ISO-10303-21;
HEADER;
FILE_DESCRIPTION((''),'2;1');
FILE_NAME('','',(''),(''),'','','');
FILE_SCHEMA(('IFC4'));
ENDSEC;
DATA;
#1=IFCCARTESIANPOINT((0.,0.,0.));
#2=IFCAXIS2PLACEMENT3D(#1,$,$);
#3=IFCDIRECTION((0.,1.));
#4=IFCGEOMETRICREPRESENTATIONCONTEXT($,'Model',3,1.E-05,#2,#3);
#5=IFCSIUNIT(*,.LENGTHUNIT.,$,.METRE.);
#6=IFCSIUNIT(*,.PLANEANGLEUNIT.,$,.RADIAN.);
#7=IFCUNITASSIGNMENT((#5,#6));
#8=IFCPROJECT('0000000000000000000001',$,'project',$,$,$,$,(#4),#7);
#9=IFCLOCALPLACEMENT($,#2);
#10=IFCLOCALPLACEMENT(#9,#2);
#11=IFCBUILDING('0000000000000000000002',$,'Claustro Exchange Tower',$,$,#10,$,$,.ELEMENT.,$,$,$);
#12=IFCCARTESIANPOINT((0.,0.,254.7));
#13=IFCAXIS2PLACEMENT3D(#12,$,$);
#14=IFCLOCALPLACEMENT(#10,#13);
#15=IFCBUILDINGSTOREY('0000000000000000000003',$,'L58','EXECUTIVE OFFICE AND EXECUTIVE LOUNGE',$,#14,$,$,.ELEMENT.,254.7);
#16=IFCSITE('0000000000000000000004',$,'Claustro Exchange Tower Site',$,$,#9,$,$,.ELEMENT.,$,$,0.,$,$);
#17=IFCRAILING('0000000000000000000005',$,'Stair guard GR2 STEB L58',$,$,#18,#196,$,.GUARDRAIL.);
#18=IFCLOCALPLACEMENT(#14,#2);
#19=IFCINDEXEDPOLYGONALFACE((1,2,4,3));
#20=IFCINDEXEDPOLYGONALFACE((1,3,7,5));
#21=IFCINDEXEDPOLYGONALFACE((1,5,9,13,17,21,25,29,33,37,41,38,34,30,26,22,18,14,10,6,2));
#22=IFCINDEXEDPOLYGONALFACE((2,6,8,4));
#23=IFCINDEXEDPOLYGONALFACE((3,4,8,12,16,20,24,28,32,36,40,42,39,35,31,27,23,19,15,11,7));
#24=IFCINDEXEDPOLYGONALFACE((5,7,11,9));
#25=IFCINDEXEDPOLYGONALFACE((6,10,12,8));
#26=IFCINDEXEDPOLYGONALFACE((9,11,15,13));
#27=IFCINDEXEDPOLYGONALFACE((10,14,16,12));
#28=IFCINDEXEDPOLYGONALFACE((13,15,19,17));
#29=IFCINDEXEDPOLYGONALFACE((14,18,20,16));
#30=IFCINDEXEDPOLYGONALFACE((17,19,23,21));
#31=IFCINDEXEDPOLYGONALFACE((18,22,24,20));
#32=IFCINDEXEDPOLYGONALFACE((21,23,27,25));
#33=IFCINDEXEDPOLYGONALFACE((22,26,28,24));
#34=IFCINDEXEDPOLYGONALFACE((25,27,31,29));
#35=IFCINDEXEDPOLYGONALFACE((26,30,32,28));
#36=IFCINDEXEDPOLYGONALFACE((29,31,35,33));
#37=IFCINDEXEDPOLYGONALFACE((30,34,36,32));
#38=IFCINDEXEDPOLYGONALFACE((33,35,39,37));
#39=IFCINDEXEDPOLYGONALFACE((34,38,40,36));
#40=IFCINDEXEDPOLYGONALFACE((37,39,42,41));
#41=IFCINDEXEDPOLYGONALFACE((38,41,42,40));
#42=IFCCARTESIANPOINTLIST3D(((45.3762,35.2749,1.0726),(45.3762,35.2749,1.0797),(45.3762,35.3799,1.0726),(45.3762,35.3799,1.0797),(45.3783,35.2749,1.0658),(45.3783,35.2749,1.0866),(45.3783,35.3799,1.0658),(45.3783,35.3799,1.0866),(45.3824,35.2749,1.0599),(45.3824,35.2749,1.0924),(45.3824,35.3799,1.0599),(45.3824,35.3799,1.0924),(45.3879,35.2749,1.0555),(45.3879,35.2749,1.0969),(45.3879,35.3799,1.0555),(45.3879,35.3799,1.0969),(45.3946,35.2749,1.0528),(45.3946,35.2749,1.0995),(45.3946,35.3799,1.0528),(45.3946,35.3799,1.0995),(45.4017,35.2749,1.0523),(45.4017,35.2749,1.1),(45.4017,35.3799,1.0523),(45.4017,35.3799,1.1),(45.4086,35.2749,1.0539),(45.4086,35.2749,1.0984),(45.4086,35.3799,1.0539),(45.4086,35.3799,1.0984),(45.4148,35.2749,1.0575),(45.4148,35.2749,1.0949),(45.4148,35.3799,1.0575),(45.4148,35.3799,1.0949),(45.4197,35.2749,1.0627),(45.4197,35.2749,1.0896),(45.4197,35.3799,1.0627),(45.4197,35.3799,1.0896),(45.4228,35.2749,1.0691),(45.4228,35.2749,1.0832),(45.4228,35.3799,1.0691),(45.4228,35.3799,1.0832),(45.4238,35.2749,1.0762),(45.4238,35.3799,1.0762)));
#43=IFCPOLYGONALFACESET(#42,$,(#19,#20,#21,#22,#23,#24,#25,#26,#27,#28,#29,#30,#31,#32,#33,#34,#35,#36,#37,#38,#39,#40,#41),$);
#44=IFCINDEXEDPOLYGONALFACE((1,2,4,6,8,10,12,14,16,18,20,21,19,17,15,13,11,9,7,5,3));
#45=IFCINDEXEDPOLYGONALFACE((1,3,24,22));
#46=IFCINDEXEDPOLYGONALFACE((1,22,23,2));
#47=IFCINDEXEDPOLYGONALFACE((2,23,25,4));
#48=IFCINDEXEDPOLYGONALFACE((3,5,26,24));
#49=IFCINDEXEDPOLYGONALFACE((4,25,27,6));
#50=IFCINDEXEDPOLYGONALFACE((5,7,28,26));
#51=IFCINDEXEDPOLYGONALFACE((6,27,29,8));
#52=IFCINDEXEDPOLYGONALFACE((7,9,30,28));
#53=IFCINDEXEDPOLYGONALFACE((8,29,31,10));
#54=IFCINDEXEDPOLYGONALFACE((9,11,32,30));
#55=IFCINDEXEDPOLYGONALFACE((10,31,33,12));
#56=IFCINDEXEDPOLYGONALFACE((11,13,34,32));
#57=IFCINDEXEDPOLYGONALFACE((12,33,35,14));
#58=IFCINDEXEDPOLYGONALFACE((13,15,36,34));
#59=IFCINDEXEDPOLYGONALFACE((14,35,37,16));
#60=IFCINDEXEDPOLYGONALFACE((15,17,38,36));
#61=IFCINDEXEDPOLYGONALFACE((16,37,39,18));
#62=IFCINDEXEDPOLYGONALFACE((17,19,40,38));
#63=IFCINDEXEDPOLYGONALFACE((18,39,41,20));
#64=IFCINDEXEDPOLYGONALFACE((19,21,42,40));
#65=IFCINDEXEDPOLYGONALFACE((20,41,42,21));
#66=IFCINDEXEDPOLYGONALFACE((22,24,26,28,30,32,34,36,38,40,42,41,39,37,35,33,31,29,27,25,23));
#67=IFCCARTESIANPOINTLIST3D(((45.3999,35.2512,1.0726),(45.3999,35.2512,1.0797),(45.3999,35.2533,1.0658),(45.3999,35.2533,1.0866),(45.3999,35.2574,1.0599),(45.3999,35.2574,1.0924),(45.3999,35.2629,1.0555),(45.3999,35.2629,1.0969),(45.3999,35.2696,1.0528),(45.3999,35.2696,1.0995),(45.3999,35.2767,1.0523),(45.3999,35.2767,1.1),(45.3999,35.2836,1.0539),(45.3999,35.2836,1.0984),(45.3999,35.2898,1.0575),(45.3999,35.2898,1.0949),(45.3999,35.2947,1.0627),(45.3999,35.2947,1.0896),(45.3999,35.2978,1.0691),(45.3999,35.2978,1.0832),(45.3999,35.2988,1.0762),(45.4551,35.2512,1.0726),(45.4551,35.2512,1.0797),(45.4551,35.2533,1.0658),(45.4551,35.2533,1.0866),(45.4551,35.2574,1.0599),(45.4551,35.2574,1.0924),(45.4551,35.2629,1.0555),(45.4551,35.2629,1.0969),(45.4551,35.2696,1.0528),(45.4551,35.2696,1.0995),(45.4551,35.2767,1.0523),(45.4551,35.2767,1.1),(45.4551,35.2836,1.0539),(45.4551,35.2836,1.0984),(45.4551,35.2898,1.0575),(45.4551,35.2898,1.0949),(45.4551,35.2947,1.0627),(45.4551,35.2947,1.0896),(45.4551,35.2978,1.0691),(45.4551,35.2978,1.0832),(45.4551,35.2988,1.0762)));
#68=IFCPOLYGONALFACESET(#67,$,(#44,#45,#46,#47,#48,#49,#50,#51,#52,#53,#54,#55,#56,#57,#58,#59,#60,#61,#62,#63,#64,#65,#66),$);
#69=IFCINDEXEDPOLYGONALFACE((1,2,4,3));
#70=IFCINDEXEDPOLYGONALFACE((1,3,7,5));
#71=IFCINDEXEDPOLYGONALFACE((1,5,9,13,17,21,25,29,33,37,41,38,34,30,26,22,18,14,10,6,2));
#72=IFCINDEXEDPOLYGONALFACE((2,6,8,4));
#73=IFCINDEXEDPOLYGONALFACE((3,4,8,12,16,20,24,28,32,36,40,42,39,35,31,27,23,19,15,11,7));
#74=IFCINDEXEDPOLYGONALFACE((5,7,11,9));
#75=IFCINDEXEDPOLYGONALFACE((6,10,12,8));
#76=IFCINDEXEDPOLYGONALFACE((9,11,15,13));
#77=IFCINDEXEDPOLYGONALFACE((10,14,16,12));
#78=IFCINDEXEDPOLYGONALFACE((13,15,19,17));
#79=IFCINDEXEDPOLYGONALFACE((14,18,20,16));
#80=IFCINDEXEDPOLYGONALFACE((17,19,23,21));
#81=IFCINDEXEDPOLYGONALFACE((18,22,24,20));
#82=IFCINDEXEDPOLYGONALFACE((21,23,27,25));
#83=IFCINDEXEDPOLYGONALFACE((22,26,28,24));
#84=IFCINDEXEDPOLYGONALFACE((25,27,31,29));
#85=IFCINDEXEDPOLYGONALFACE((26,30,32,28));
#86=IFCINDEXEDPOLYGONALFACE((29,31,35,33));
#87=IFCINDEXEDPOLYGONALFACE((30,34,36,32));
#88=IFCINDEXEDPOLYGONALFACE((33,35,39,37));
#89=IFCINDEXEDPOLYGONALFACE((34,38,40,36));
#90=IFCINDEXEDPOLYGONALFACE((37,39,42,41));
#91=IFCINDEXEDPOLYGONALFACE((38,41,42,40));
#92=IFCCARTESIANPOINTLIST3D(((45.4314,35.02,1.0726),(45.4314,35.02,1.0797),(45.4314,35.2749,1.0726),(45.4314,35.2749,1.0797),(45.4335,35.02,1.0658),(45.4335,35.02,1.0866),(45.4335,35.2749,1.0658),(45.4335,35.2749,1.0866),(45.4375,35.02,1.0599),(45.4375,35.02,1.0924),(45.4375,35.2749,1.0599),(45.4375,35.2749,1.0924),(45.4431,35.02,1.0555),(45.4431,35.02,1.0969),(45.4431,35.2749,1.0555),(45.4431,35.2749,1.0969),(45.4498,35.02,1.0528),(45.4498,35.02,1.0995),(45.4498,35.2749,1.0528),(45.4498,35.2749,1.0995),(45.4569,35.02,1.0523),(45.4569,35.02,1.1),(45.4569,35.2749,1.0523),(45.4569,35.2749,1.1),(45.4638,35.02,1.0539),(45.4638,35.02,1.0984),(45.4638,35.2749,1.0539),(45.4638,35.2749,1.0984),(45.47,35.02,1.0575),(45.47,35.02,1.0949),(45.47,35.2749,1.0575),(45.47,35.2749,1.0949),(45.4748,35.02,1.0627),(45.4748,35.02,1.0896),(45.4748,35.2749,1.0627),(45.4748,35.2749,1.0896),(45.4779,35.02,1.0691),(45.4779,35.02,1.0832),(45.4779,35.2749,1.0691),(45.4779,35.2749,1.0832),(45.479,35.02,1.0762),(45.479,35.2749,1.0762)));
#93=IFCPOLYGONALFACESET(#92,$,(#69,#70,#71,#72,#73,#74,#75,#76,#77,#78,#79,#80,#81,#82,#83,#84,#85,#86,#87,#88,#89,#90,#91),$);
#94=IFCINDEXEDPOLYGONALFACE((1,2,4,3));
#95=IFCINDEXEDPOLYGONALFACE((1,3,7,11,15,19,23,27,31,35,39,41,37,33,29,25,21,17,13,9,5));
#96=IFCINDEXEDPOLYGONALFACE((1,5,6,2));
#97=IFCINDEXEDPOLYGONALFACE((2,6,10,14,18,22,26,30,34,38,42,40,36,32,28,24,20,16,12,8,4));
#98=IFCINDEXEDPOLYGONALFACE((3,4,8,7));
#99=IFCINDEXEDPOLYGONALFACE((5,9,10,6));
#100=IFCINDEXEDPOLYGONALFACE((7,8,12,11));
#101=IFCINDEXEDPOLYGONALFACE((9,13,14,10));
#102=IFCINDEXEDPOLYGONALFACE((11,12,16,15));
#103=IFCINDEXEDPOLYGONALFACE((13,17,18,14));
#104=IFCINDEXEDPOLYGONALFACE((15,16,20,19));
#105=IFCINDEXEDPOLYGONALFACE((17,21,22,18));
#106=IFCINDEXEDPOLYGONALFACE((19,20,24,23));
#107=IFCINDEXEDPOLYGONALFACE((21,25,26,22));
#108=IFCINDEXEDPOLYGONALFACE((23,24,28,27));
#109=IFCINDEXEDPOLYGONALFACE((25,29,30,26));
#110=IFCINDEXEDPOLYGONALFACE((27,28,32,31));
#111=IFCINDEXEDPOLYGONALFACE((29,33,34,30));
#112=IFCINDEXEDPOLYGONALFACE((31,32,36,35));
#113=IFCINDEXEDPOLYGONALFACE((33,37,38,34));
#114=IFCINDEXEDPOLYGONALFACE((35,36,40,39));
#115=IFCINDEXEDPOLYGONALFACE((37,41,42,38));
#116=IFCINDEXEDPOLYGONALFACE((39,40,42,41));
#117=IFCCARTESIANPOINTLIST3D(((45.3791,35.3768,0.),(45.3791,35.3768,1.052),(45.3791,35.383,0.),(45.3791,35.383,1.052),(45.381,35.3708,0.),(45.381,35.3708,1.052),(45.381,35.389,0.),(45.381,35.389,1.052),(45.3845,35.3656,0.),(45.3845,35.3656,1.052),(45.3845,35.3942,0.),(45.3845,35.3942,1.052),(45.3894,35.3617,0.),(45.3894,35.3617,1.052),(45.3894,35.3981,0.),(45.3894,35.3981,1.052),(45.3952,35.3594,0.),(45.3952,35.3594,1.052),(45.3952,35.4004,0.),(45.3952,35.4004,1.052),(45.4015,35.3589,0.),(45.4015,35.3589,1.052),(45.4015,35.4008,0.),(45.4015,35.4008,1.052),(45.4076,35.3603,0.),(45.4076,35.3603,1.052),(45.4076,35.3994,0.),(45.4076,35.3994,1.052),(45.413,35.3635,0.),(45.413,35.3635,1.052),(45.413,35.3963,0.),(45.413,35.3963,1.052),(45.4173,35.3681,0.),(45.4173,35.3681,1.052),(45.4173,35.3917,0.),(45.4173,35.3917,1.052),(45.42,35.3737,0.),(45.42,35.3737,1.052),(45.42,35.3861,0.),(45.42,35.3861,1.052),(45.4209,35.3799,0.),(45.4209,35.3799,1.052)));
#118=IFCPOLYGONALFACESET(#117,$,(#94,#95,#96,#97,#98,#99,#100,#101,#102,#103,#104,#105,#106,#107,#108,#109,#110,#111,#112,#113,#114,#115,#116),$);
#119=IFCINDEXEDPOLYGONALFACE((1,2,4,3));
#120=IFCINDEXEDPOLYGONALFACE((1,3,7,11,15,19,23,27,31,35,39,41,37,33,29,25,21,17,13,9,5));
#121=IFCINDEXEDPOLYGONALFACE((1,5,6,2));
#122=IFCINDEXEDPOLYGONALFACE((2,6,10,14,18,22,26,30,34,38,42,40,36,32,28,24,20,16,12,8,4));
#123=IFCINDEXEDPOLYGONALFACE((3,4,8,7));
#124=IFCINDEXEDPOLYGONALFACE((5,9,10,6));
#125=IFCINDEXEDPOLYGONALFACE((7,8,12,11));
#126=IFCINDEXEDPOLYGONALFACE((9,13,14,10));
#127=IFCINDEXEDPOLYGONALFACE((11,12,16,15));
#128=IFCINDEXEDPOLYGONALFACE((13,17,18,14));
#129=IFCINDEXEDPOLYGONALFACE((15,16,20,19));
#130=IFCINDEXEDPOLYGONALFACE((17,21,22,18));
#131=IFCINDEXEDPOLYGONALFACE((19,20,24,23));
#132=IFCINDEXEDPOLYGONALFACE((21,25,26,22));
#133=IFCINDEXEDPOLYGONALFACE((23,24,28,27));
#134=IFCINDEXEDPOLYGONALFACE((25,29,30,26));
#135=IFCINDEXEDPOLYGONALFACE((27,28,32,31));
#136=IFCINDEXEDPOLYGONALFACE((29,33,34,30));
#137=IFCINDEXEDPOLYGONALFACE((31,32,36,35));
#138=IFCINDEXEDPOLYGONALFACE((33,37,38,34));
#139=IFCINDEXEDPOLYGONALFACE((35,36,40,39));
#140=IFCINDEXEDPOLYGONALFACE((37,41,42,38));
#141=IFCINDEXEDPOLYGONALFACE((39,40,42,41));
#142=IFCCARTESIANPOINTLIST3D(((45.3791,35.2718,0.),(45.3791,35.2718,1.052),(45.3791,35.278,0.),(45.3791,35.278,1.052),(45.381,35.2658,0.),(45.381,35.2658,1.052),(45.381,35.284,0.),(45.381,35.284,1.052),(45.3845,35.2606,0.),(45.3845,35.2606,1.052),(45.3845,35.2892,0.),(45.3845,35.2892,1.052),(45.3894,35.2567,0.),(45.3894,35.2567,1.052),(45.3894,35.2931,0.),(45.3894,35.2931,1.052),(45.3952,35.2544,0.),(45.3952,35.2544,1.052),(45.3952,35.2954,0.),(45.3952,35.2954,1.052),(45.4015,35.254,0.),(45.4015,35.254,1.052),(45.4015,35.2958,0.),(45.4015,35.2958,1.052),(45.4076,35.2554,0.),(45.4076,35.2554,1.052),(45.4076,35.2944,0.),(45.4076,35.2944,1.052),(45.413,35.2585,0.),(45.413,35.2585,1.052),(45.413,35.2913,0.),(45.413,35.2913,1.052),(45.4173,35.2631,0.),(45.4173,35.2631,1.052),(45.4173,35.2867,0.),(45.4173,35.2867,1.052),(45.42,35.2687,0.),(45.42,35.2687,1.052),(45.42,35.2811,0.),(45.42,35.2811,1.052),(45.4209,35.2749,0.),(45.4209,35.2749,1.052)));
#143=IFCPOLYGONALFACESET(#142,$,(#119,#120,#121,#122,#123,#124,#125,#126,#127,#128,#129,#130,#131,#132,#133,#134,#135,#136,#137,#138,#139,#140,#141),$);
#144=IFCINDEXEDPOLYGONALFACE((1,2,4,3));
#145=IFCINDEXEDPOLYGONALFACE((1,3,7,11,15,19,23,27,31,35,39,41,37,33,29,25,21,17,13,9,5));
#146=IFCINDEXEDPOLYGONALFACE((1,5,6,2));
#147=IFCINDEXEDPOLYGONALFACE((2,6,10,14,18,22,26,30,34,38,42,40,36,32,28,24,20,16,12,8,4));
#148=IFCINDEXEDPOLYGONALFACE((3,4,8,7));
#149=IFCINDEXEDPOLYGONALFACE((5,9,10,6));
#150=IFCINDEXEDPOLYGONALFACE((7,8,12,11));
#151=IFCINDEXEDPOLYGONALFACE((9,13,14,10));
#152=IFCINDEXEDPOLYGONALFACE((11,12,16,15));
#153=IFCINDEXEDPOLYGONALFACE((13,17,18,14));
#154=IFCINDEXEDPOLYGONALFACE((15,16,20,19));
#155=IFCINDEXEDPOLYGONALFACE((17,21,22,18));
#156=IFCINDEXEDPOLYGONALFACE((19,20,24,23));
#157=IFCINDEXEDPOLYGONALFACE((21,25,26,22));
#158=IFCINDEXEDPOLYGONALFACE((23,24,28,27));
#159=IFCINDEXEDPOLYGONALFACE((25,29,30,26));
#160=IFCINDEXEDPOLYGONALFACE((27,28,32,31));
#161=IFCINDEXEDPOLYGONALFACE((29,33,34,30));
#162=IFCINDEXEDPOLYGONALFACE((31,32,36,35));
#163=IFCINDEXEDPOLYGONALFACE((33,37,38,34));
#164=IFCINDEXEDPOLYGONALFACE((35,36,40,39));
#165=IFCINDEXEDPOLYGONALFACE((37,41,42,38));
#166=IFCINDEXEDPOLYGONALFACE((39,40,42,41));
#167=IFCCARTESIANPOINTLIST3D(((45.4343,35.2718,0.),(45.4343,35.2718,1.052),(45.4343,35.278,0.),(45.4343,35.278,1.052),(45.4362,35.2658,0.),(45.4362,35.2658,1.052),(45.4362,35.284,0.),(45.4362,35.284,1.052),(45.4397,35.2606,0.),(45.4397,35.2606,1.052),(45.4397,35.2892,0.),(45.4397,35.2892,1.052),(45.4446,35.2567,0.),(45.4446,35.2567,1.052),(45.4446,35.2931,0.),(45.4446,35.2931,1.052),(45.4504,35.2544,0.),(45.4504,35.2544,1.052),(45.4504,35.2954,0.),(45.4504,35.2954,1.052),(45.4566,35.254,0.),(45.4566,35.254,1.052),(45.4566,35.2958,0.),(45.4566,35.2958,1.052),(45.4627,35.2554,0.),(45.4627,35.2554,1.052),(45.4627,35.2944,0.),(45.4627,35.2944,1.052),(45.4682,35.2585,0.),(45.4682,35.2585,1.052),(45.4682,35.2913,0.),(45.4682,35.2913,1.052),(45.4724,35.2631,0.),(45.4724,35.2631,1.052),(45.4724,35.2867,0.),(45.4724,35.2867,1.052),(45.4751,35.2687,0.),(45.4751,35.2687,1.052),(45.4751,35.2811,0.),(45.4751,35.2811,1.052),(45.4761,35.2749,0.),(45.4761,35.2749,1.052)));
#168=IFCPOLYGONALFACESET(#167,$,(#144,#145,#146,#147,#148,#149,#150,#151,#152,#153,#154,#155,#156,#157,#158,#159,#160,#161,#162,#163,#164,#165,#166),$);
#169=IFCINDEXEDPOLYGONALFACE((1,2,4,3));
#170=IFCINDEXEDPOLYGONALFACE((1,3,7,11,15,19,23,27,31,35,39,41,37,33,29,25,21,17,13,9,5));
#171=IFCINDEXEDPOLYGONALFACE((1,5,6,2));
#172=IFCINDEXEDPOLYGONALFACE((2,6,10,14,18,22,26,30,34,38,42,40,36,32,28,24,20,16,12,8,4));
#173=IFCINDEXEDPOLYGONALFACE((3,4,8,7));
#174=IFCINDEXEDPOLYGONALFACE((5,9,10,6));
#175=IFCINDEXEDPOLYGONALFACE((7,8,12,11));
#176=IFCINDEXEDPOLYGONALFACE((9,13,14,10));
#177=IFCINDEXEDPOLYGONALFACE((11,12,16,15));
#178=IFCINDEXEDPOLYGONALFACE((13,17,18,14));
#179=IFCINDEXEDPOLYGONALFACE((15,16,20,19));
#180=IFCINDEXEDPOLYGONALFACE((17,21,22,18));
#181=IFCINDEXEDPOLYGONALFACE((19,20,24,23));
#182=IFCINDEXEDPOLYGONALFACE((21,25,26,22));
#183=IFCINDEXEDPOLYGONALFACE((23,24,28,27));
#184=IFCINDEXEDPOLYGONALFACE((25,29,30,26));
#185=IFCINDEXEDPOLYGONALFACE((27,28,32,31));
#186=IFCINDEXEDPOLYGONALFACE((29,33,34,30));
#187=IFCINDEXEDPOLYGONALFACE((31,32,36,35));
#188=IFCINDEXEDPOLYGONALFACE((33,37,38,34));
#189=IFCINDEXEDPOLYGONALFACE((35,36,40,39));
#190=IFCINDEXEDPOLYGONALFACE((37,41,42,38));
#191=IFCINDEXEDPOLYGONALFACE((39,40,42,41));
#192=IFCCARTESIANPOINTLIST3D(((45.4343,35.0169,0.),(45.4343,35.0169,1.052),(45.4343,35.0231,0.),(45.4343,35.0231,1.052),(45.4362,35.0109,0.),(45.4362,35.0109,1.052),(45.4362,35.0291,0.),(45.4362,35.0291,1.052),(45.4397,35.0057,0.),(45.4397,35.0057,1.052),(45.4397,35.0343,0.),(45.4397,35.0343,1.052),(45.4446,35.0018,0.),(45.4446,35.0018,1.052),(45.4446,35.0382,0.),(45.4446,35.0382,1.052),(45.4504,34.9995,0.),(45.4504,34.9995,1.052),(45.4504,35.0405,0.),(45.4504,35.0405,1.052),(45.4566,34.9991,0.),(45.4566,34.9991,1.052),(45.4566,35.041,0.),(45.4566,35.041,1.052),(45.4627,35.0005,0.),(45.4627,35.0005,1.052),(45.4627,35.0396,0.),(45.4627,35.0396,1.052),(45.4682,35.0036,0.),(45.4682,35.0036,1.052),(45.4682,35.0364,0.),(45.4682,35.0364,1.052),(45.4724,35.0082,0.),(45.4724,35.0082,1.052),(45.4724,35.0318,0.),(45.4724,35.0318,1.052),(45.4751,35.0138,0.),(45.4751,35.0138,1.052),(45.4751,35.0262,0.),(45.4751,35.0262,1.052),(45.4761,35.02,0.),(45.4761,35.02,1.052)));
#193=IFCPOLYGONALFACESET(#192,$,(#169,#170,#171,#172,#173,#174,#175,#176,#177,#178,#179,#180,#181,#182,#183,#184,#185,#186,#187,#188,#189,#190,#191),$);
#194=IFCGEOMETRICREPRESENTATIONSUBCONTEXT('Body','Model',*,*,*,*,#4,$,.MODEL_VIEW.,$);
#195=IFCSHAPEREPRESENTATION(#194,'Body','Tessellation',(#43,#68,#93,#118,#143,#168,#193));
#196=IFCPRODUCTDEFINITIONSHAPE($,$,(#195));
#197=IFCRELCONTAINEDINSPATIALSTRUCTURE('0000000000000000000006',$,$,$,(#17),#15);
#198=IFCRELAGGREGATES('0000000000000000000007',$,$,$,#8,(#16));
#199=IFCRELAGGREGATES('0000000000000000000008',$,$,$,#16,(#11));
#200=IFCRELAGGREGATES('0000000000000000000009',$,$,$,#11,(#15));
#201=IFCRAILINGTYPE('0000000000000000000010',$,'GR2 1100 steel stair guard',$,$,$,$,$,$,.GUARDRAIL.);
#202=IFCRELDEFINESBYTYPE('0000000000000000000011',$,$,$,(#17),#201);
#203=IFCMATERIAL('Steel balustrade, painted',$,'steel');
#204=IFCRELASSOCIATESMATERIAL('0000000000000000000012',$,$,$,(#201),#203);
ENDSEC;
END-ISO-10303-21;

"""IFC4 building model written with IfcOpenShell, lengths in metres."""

from ifc_helpers import new_model, si_unit, direction, frame, origin, origin_2d, place, context, subcontext, project, spatial, circle, extrude, material, type_object, element, save


model = new_model("IFC4")

# Units and contexts
model_context = context("Model", 3, precision=1e-05, world=origin(), true_north=direction((0.0, 1.0)))
body_context = subcontext(model_context, "Body", "Model", "MODEL_VIEW")
ifc_project = project(units=[si_unit("LENGTHUNIT", "METRE"), si_unit("PLANEANGLEUNIT", "RADIAN")], contexts=[model_context])

# Site, building, storey
site_placement = place(None, origin())
site = spatial("IfcSite", under=ifc_project, at=site_placement, Name="Claustro Exchange Tower Site", CompositionType="ELEMENT", RefElevation=0.0)
building_placement = place(site_placement, origin())
building = spatial("IfcBuilding", under=site, at=building_placement, Name="Claustro Exchange Tower", CompositionType="ELEMENT")
storey_placement = place(building_placement, frame((0.0, 0.0, 254.7)))
storey = spatial("IfcBuildingStorey", under=building, at=storey_placement, Name="L58", Description="EXECUTIVE OFFICE AND EXECUTIVE LOUNGE", CompositionType="ELEMENT", Elevation=254.7)

# Railing
ifc_material_1 = material(Name="Steel balustrade, painted", Category="steel")
railing_type_1 = type_object("IfcRailingType", Name="GR2 1100 steel stair guard", PredefinedType="GUARDRAIL", material=ifc_material_1)
railing_1_placement = place(storey_placement, frame((45.3999, 35.3799, 0.0)))
element("IfcRailing", 1, at=railing_1_placement, inside=storey, type_object=railing_type_1, Name="Stair guard GR2 STEB L58", PredefinedType="GUARDRAIL", context=body_context, shape_type="SweptSolid", body=[
    extrude(circle(Radius=0.0239, at=origin_2d()), frame((0.0, 0.0, 1.0762), z_axis=(0.0, -1.0, 0.0), x_axis=(1.0, 0.0, 0.0)), (0.0, 0.0, 1.0), 0.105),
    extrude(circle(Radius=0.0239, at=origin_2d()), frame((0.0, -0.105, 1.0762), z_axis=(1.0, 0.0, 0.0), x_axis=(0.0, 1.0, 0.0)), (0.0, 0.0, 1.0), 0.0552),
    extrude(circle(Radius=0.0239, at=origin_2d()), frame((0.0552, -0.105, 1.0762), z_axis=(0.0, -1.0, 0.0), x_axis=(1.0, 0.0, 0.0)), (0.0, 0.0, 1.0), 0.2549),
    extrude(circle(Radius=0.021, at=origin_2d()), origin(), (0.0, 0.0, 1.0), 1.052),
    extrude(circle(Radius=0.021, at=origin_2d()), frame((0.0, -0.105, 0.0)), (0.0, 0.0, 1.0), 1.052),
    extrude(circle(Radius=0.021, at=origin_2d()), frame((0.0552, -0.105, 0.0)), (0.0, 0.0, 1.0), 1.052),
    extrude(circle(Radius=0.021, at=origin_2d()), frame((0.0552, -0.3599, 0.0)), (0.0, 0.0, 1.0), 1.052),
])

save(model, "model.ifc")
